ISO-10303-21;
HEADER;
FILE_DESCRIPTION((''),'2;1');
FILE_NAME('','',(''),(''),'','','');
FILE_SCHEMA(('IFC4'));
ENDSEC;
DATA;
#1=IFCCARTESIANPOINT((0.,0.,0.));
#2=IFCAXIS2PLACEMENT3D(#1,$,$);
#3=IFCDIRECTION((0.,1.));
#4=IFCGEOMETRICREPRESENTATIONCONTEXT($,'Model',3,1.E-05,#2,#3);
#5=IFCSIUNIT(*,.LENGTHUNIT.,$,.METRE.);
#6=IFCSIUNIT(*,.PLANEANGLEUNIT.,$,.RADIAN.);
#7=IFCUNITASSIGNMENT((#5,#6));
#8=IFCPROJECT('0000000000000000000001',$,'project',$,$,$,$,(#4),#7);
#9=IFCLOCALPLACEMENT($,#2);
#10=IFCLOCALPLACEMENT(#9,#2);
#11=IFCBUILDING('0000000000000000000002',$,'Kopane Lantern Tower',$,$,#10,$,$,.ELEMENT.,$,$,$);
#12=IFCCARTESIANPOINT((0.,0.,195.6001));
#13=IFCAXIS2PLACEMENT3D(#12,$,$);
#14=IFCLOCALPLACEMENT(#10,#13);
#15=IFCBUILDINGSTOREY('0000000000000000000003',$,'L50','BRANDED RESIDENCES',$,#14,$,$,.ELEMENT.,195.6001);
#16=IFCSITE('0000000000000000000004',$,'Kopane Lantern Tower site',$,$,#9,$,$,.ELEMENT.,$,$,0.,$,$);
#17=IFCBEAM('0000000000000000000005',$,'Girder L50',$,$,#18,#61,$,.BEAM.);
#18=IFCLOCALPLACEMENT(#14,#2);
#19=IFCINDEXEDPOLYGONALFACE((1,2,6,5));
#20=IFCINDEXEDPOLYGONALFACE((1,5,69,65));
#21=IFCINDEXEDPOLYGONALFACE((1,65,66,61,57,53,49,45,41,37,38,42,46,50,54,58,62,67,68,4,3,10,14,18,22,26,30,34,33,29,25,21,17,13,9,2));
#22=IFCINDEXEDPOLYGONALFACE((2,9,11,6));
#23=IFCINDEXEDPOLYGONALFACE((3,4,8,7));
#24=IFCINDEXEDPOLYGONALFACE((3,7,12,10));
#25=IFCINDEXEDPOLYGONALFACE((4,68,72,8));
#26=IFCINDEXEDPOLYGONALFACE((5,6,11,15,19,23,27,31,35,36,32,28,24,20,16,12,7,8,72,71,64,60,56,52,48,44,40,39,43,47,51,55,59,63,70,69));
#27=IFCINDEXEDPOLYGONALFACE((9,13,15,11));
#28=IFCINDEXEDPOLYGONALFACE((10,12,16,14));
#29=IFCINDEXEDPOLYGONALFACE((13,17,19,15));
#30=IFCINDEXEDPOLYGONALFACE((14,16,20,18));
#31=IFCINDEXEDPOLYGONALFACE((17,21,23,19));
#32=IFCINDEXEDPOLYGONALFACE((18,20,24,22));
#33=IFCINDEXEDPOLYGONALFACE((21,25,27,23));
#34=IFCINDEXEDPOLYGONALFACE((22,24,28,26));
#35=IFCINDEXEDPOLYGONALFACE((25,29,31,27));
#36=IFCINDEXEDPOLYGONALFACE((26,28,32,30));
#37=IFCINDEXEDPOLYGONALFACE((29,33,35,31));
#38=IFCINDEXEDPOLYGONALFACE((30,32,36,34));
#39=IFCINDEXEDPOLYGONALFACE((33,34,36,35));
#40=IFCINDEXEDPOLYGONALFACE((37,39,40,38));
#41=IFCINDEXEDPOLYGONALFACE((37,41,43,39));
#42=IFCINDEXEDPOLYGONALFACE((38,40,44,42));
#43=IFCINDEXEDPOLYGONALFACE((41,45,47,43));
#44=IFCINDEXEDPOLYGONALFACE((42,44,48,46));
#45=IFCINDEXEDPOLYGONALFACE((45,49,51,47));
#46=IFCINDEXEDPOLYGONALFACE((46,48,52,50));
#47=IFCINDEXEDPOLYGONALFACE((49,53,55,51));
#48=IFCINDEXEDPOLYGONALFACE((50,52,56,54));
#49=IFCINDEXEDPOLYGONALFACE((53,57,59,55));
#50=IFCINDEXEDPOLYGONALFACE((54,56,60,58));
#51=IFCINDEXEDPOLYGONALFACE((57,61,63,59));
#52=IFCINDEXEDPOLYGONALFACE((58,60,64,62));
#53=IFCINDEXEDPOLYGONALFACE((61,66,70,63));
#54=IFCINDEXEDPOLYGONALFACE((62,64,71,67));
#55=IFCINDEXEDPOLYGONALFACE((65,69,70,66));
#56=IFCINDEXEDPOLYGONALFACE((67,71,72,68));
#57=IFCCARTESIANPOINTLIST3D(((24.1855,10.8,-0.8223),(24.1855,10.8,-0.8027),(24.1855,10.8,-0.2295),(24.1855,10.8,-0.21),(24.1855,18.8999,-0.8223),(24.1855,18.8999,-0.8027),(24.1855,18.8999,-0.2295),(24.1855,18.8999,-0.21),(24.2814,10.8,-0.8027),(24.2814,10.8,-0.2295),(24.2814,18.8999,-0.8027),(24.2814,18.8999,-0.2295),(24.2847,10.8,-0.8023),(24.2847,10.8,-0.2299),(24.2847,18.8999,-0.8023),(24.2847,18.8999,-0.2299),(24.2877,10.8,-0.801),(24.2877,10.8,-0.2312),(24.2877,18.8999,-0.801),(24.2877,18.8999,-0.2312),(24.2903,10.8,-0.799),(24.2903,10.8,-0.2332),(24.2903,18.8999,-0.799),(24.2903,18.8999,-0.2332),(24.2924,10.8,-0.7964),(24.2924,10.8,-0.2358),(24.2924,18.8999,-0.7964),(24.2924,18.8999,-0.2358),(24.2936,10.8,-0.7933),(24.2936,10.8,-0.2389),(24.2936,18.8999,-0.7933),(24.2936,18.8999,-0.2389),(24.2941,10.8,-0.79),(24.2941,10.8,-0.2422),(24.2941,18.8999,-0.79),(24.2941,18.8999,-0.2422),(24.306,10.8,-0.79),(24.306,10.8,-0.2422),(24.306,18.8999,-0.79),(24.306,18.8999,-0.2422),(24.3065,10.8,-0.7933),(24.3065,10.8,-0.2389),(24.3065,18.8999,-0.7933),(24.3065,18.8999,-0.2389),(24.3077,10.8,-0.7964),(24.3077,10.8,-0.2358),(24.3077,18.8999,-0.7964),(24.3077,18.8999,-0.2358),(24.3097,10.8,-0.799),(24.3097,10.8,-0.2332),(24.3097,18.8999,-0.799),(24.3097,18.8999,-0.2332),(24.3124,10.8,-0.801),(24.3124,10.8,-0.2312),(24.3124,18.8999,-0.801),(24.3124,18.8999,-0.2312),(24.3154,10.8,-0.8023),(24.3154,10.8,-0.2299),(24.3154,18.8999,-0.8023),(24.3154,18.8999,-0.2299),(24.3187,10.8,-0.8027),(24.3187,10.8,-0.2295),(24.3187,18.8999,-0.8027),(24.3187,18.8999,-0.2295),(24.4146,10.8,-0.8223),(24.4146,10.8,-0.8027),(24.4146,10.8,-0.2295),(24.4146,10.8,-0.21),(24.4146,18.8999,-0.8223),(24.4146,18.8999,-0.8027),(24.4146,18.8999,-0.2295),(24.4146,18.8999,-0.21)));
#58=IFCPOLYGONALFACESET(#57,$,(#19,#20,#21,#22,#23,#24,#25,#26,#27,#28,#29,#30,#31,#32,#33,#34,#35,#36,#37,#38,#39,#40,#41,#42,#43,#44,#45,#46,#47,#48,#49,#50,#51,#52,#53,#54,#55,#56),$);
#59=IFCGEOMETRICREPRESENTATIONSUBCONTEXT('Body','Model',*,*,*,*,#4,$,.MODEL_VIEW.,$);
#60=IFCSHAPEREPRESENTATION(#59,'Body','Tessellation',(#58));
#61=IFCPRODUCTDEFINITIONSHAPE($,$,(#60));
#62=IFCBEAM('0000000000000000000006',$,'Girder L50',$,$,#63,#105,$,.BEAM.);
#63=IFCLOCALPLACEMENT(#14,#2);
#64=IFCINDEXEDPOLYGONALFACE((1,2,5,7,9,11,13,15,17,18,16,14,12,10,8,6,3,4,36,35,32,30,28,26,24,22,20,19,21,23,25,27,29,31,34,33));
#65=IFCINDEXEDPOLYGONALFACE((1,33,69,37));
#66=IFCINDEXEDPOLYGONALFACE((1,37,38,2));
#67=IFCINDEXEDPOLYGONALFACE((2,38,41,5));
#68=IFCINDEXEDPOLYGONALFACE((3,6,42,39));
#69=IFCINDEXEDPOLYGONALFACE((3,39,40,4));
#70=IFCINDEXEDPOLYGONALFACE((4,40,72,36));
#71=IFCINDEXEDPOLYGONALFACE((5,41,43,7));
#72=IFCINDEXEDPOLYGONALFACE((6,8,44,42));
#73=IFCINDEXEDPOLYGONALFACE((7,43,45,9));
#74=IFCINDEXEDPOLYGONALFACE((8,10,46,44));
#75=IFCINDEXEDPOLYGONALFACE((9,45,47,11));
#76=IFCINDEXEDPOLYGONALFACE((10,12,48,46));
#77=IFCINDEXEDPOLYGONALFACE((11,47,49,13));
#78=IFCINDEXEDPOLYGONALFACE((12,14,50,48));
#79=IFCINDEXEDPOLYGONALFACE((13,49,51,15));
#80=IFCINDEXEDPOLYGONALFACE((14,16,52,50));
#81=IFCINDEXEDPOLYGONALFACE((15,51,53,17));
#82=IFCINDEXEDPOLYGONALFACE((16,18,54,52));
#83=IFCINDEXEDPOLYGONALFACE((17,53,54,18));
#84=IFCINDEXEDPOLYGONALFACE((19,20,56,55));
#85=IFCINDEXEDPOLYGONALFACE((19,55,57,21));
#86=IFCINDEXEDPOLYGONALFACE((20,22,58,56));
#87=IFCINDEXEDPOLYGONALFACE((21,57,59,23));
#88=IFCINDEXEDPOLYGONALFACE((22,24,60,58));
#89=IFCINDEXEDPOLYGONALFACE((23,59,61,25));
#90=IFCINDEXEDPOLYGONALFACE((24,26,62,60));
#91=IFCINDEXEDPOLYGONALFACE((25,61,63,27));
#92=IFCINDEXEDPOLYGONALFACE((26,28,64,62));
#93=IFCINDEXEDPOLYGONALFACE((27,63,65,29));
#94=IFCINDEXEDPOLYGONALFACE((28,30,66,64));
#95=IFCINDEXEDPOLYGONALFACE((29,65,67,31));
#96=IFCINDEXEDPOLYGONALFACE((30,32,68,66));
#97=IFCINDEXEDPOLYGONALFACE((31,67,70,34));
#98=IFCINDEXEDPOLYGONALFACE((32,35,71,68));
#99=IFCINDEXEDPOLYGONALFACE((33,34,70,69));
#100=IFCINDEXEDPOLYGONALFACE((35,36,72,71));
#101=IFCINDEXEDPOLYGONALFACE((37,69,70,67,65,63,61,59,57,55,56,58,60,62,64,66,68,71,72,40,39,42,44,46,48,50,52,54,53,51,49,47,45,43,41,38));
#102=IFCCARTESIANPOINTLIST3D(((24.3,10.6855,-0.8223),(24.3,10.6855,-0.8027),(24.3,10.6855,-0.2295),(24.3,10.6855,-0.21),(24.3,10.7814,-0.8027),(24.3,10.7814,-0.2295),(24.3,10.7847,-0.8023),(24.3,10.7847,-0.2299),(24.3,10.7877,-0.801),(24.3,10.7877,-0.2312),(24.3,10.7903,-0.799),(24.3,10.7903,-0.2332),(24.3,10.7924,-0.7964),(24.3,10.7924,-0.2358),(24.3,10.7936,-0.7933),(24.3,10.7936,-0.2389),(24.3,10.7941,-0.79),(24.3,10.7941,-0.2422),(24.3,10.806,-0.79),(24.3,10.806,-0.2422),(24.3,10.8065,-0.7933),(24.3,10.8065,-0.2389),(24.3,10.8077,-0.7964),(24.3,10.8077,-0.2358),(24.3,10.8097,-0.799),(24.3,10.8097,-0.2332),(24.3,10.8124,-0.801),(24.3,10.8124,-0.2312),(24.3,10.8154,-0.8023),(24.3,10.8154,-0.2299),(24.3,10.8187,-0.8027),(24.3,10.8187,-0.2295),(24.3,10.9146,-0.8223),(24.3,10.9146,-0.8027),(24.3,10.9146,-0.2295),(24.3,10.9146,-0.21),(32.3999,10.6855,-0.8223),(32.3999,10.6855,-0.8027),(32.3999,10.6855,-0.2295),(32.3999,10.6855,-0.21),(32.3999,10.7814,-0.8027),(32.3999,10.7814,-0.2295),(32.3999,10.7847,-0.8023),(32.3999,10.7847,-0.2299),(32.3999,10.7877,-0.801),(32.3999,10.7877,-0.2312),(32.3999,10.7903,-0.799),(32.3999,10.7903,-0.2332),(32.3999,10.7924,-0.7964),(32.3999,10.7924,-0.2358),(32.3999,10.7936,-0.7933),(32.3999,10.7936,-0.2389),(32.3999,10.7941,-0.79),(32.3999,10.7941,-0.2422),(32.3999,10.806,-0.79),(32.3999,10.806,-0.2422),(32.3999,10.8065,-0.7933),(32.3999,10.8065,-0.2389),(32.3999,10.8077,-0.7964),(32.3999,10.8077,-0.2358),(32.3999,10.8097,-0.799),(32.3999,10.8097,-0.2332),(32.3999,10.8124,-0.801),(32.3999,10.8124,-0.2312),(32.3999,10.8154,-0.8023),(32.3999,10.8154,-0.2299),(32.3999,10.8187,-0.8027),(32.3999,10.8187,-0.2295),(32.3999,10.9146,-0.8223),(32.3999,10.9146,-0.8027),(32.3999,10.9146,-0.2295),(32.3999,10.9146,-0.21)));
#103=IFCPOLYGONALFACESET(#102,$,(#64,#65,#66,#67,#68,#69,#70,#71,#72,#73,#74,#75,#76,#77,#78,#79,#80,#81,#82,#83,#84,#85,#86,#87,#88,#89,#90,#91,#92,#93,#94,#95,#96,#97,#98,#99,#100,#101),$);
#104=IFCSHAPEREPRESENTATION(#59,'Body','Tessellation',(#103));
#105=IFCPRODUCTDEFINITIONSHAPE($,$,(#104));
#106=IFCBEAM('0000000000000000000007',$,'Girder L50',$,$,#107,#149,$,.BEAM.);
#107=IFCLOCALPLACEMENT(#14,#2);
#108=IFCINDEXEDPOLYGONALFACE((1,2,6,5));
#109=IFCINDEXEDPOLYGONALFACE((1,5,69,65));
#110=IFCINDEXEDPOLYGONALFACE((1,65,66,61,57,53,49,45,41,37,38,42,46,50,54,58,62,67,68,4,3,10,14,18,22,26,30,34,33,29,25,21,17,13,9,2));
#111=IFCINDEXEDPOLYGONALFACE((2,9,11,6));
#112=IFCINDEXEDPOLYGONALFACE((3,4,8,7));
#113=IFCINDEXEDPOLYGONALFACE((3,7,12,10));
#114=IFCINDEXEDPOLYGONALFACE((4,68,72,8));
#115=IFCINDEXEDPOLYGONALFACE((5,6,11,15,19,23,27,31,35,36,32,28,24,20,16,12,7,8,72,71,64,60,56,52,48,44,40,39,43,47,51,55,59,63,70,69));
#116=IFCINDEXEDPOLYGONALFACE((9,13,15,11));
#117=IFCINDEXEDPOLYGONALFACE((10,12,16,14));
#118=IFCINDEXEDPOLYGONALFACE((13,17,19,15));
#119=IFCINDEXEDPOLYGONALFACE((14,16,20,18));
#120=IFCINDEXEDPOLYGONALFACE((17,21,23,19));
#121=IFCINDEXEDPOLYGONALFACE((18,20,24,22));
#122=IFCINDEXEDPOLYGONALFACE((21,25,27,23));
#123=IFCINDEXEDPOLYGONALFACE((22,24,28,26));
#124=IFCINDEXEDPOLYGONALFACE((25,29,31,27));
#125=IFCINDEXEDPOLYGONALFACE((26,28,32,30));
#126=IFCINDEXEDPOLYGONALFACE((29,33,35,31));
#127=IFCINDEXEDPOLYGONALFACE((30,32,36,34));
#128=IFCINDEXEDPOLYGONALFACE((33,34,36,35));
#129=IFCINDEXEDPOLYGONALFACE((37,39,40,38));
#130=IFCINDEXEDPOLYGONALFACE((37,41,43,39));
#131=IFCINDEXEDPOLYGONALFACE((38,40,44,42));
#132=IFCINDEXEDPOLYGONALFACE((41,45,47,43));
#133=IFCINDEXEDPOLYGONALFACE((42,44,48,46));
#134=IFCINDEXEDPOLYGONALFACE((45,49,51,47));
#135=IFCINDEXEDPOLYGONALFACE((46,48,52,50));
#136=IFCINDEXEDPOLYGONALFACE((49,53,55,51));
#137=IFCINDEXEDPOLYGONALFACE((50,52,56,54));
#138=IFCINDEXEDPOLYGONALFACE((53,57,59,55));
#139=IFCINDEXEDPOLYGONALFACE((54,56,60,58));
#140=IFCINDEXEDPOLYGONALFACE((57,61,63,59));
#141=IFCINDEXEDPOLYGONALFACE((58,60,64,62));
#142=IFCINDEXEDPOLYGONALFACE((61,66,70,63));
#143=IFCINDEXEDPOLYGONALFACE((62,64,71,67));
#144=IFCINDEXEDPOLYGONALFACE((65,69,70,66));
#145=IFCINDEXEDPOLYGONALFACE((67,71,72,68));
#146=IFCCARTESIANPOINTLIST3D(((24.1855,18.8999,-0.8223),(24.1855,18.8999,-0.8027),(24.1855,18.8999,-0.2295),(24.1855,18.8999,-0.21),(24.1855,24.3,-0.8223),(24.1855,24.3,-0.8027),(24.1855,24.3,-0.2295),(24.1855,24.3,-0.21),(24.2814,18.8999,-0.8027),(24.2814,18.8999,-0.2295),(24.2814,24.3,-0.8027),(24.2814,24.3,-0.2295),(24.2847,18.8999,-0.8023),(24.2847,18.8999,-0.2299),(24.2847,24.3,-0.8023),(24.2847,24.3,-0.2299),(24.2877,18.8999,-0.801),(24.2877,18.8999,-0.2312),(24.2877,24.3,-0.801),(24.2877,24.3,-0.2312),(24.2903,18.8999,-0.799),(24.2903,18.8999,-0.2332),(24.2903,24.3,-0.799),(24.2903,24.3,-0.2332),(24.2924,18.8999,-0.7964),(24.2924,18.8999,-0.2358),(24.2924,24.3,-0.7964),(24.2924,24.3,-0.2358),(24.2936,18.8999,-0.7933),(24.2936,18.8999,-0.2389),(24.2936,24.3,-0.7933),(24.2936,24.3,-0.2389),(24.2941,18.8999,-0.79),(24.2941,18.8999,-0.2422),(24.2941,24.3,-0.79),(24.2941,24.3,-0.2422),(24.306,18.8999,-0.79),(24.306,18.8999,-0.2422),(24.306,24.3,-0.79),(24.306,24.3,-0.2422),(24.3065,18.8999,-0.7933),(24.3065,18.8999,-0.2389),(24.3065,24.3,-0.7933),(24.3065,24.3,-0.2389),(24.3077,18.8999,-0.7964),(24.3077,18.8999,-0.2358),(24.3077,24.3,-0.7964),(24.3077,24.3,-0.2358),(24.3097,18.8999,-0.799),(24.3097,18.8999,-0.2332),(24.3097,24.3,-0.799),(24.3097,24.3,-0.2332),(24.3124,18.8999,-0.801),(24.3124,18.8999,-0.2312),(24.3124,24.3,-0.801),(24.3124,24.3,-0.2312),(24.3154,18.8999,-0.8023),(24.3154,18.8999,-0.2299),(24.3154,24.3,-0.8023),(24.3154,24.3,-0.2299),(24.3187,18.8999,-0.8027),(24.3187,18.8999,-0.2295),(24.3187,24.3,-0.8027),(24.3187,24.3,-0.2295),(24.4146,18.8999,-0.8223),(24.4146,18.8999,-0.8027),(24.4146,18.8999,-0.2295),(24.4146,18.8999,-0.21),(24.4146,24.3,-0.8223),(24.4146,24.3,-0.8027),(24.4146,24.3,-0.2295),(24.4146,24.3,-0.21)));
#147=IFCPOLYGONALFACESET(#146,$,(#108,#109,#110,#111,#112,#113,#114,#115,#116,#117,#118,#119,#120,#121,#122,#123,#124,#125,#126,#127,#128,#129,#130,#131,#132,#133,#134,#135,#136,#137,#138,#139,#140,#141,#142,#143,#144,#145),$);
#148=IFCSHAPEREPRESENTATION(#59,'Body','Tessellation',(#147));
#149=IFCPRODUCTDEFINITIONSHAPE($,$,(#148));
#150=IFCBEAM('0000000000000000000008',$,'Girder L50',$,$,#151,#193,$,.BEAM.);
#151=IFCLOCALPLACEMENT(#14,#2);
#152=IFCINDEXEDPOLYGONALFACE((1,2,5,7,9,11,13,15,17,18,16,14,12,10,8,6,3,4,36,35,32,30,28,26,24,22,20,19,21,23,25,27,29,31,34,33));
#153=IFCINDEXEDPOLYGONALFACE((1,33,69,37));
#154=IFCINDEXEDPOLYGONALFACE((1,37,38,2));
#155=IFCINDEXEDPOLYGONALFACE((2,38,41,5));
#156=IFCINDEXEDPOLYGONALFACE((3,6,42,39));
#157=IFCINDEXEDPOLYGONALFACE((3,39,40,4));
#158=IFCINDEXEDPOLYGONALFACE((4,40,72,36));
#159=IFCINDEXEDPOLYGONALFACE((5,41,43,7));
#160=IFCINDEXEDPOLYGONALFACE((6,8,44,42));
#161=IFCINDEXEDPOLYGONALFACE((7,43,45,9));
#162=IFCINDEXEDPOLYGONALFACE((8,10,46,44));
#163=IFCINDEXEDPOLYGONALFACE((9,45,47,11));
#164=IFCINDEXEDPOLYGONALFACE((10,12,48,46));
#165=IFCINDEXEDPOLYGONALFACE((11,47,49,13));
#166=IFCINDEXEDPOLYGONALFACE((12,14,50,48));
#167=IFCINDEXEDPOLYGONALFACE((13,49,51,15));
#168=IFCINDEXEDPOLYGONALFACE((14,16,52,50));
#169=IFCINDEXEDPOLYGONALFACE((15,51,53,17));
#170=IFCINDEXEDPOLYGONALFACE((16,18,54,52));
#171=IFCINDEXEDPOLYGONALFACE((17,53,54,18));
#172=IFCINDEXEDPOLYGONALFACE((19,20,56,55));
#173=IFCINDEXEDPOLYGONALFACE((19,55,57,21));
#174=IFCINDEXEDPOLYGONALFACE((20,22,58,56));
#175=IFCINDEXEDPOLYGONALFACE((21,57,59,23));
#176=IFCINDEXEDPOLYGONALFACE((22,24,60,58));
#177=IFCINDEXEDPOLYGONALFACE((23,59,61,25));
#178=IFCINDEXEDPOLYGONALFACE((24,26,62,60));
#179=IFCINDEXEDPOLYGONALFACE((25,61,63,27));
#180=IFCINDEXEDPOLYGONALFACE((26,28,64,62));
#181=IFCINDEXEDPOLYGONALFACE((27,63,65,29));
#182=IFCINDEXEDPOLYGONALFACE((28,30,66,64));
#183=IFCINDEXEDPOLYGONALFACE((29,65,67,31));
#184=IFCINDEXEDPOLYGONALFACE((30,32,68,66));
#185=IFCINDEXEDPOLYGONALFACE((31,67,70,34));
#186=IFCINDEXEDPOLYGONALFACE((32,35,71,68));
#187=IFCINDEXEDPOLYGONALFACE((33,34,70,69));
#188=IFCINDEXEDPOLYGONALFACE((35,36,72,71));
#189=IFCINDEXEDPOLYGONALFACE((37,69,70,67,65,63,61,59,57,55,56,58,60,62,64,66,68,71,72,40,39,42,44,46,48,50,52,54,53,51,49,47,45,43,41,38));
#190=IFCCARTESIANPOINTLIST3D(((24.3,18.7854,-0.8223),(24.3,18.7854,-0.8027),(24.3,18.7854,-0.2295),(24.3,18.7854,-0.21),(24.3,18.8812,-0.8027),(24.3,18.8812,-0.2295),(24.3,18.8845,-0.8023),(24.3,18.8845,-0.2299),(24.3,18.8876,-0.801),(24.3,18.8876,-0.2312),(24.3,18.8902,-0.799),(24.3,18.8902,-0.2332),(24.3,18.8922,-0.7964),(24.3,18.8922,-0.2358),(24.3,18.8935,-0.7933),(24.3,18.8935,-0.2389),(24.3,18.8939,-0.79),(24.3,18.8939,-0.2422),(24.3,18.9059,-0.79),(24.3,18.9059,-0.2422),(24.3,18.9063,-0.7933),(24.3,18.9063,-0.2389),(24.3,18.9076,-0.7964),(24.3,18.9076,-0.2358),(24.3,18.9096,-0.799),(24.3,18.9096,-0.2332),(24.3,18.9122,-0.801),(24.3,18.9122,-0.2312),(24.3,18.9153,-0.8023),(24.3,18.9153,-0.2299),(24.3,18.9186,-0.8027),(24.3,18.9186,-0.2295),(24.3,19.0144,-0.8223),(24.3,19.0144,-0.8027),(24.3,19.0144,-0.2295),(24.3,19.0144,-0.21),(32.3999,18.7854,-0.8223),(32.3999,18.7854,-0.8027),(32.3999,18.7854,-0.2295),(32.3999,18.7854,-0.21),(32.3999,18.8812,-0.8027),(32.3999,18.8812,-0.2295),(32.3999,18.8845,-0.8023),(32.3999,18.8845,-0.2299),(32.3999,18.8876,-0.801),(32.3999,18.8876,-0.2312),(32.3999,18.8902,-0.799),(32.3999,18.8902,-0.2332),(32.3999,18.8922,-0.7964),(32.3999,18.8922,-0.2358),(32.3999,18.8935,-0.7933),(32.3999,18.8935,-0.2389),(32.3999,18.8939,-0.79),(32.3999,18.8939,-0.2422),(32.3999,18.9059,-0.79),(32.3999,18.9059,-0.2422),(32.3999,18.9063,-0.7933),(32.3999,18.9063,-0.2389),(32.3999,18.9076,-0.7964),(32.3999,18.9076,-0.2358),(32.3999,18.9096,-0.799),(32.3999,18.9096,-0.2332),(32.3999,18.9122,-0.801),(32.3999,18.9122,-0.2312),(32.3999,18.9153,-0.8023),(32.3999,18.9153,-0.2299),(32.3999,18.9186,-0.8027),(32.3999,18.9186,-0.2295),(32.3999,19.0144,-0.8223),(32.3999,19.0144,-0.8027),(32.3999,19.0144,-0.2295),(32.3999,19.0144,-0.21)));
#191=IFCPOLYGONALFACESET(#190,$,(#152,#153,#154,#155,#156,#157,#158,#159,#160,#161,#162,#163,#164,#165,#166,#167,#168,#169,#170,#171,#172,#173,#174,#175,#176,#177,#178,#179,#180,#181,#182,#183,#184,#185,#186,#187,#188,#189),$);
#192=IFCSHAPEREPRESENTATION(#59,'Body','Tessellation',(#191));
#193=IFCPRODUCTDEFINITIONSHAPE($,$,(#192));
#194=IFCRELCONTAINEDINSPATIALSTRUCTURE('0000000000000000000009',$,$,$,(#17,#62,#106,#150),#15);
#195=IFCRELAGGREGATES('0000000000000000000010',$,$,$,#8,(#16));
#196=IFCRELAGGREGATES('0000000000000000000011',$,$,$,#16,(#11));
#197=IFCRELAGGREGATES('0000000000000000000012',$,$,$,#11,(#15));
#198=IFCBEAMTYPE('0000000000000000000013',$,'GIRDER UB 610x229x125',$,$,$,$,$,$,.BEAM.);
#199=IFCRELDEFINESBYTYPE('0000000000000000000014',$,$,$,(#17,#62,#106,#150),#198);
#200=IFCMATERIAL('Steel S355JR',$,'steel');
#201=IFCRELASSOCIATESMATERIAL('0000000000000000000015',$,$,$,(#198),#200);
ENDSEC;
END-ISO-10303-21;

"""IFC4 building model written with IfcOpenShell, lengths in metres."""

from ifc_helpers import new_model, si_unit, direction, frame, origin, origin_2d, place, context, subcontext, project, spatial, i_section, extrude, material, material_profile, profile_set, type_object, element, save


model = new_model("IFC4")

# Units and contexts
model_context = context("Model", 3, precision=1e-05, world=origin(), true_north=direction((0.0, 1.0)))
body_context = subcontext(model_context, "Body", "Model", "MODEL_VIEW")
ifc_project = project(units=[si_unit("LENGTHUNIT", "METRE"), si_unit("PLANEANGLEUNIT", "RADIAN")], contexts=[model_context])

# Site, building, storey
site_placement = place(None, origin())
site = spatial("IfcSite", under=ifc_project, at=site_placement, Name="Kopane Lantern Tower site", CompositionType="ELEMENT", RefElevation=0.0)
building_placement = place(site_placement, origin())
building = spatial("IfcBuilding", under=site, at=building_placement, Name="Kopane Lantern Tower", CompositionType="ELEMENT")
storey_placement = place(building_placement, frame((0.0, 0.0, 195.6001)))
storey = spatial("IfcBuildingStorey", under=building, at=storey_placement, Name="L50", Description="BRANDED RESIDENCES", CompositionType="ELEMENT", Elevation=195.6001)

# Beams
ifc_material_1 = material(Name="Steel S355JR", Category="steel")
ifc_material_profile_1 = material_profile(ifc_material_1, i_section(OverallWidth=0.229, OverallDepth=0.6123, WebThickness=0.012, FlangeThickness=0.0195, FilletRadius=0.0127, at=origin_2d()), Name="UB 610x229x125")
ifc_profile_set_1 = profile_set([ifc_material_profile_1], Name="Steel S355JR")
beam_type = type_object("IfcBeamType", Name="GIRDER UB 610x229x125", PredefinedType="BEAM", material=ifc_profile_set_1)
for number, where, z_axis, x_axis, name in (
    (1, (24.3, 10.8, -0.5161), (0.0, 1.0, 0.0), (-1.0, 0.0, 0.0), "Girder L50"),
    (2, (24.3, 10.8, -0.5161), (1.0, 0.0, 0.0), (0.0, 1.0, 0.0), "Girder L50"),
):
    element("IfcBeam", number, at=place(storey_placement, frame(where, z_axis=z_axis, x_axis=x_axis)), inside=storey, type_object=beam_type, Name=name, PredefinedType="BEAM", context=body_context, shape_type="SweptSolid", body=[
        extrude(i_section(OverallWidth=0.229, OverallDepth=0.6123, WebThickness=0.012, FlangeThickness=0.0195, FilletRadius=0.0127, at=origin_2d()), origin(), (0.0, 0.0, 1.0), 8.0999),
    ])
beam_1_placement = place(storey_placement, frame((24.3, 18.8999, -0.5161), z_axis=(0.0, 1.0, 0.0), x_axis=(-1.0, 0.0, 0.0)))
element("IfcBeam", 3, at=beam_1_placement, inside=storey, type_object=beam_type, Name="Girder L50", PredefinedType="BEAM", context=body_context, shape_type="SweptSolid", body=[
    extrude(i_section(OverallWidth=0.229, OverallDepth=0.6123, WebThickness=0.012, FlangeThickness=0.0195, FilletRadius=0.0127, at=origin_2d()), origin(), (0.0, 0.0, 1.0), 5.4001),
])
beam_2_placement = place(storey_placement, frame((24.3, 18.8999, -0.5161), z_axis=(1.0, 0.0, 0.0), x_axis=(0.0, 1.0, 0.0)))
element("IfcBeam", 4, at=beam_2_placement, inside=storey, type_object=beam_type, Name="Girder L50", PredefinedType="BEAM", context=body_context, shape_type="SweptSolid", body=[
    extrude(i_section(OverallWidth=0.229, OverallDepth=0.6123, WebThickness=0.012, FlangeThickness=0.0195, FilletRadius=0.0127, at=origin_2d()), origin(), (0.0, 0.0, 1.0), 8.0999),
])

save(model, "model.ifc")
